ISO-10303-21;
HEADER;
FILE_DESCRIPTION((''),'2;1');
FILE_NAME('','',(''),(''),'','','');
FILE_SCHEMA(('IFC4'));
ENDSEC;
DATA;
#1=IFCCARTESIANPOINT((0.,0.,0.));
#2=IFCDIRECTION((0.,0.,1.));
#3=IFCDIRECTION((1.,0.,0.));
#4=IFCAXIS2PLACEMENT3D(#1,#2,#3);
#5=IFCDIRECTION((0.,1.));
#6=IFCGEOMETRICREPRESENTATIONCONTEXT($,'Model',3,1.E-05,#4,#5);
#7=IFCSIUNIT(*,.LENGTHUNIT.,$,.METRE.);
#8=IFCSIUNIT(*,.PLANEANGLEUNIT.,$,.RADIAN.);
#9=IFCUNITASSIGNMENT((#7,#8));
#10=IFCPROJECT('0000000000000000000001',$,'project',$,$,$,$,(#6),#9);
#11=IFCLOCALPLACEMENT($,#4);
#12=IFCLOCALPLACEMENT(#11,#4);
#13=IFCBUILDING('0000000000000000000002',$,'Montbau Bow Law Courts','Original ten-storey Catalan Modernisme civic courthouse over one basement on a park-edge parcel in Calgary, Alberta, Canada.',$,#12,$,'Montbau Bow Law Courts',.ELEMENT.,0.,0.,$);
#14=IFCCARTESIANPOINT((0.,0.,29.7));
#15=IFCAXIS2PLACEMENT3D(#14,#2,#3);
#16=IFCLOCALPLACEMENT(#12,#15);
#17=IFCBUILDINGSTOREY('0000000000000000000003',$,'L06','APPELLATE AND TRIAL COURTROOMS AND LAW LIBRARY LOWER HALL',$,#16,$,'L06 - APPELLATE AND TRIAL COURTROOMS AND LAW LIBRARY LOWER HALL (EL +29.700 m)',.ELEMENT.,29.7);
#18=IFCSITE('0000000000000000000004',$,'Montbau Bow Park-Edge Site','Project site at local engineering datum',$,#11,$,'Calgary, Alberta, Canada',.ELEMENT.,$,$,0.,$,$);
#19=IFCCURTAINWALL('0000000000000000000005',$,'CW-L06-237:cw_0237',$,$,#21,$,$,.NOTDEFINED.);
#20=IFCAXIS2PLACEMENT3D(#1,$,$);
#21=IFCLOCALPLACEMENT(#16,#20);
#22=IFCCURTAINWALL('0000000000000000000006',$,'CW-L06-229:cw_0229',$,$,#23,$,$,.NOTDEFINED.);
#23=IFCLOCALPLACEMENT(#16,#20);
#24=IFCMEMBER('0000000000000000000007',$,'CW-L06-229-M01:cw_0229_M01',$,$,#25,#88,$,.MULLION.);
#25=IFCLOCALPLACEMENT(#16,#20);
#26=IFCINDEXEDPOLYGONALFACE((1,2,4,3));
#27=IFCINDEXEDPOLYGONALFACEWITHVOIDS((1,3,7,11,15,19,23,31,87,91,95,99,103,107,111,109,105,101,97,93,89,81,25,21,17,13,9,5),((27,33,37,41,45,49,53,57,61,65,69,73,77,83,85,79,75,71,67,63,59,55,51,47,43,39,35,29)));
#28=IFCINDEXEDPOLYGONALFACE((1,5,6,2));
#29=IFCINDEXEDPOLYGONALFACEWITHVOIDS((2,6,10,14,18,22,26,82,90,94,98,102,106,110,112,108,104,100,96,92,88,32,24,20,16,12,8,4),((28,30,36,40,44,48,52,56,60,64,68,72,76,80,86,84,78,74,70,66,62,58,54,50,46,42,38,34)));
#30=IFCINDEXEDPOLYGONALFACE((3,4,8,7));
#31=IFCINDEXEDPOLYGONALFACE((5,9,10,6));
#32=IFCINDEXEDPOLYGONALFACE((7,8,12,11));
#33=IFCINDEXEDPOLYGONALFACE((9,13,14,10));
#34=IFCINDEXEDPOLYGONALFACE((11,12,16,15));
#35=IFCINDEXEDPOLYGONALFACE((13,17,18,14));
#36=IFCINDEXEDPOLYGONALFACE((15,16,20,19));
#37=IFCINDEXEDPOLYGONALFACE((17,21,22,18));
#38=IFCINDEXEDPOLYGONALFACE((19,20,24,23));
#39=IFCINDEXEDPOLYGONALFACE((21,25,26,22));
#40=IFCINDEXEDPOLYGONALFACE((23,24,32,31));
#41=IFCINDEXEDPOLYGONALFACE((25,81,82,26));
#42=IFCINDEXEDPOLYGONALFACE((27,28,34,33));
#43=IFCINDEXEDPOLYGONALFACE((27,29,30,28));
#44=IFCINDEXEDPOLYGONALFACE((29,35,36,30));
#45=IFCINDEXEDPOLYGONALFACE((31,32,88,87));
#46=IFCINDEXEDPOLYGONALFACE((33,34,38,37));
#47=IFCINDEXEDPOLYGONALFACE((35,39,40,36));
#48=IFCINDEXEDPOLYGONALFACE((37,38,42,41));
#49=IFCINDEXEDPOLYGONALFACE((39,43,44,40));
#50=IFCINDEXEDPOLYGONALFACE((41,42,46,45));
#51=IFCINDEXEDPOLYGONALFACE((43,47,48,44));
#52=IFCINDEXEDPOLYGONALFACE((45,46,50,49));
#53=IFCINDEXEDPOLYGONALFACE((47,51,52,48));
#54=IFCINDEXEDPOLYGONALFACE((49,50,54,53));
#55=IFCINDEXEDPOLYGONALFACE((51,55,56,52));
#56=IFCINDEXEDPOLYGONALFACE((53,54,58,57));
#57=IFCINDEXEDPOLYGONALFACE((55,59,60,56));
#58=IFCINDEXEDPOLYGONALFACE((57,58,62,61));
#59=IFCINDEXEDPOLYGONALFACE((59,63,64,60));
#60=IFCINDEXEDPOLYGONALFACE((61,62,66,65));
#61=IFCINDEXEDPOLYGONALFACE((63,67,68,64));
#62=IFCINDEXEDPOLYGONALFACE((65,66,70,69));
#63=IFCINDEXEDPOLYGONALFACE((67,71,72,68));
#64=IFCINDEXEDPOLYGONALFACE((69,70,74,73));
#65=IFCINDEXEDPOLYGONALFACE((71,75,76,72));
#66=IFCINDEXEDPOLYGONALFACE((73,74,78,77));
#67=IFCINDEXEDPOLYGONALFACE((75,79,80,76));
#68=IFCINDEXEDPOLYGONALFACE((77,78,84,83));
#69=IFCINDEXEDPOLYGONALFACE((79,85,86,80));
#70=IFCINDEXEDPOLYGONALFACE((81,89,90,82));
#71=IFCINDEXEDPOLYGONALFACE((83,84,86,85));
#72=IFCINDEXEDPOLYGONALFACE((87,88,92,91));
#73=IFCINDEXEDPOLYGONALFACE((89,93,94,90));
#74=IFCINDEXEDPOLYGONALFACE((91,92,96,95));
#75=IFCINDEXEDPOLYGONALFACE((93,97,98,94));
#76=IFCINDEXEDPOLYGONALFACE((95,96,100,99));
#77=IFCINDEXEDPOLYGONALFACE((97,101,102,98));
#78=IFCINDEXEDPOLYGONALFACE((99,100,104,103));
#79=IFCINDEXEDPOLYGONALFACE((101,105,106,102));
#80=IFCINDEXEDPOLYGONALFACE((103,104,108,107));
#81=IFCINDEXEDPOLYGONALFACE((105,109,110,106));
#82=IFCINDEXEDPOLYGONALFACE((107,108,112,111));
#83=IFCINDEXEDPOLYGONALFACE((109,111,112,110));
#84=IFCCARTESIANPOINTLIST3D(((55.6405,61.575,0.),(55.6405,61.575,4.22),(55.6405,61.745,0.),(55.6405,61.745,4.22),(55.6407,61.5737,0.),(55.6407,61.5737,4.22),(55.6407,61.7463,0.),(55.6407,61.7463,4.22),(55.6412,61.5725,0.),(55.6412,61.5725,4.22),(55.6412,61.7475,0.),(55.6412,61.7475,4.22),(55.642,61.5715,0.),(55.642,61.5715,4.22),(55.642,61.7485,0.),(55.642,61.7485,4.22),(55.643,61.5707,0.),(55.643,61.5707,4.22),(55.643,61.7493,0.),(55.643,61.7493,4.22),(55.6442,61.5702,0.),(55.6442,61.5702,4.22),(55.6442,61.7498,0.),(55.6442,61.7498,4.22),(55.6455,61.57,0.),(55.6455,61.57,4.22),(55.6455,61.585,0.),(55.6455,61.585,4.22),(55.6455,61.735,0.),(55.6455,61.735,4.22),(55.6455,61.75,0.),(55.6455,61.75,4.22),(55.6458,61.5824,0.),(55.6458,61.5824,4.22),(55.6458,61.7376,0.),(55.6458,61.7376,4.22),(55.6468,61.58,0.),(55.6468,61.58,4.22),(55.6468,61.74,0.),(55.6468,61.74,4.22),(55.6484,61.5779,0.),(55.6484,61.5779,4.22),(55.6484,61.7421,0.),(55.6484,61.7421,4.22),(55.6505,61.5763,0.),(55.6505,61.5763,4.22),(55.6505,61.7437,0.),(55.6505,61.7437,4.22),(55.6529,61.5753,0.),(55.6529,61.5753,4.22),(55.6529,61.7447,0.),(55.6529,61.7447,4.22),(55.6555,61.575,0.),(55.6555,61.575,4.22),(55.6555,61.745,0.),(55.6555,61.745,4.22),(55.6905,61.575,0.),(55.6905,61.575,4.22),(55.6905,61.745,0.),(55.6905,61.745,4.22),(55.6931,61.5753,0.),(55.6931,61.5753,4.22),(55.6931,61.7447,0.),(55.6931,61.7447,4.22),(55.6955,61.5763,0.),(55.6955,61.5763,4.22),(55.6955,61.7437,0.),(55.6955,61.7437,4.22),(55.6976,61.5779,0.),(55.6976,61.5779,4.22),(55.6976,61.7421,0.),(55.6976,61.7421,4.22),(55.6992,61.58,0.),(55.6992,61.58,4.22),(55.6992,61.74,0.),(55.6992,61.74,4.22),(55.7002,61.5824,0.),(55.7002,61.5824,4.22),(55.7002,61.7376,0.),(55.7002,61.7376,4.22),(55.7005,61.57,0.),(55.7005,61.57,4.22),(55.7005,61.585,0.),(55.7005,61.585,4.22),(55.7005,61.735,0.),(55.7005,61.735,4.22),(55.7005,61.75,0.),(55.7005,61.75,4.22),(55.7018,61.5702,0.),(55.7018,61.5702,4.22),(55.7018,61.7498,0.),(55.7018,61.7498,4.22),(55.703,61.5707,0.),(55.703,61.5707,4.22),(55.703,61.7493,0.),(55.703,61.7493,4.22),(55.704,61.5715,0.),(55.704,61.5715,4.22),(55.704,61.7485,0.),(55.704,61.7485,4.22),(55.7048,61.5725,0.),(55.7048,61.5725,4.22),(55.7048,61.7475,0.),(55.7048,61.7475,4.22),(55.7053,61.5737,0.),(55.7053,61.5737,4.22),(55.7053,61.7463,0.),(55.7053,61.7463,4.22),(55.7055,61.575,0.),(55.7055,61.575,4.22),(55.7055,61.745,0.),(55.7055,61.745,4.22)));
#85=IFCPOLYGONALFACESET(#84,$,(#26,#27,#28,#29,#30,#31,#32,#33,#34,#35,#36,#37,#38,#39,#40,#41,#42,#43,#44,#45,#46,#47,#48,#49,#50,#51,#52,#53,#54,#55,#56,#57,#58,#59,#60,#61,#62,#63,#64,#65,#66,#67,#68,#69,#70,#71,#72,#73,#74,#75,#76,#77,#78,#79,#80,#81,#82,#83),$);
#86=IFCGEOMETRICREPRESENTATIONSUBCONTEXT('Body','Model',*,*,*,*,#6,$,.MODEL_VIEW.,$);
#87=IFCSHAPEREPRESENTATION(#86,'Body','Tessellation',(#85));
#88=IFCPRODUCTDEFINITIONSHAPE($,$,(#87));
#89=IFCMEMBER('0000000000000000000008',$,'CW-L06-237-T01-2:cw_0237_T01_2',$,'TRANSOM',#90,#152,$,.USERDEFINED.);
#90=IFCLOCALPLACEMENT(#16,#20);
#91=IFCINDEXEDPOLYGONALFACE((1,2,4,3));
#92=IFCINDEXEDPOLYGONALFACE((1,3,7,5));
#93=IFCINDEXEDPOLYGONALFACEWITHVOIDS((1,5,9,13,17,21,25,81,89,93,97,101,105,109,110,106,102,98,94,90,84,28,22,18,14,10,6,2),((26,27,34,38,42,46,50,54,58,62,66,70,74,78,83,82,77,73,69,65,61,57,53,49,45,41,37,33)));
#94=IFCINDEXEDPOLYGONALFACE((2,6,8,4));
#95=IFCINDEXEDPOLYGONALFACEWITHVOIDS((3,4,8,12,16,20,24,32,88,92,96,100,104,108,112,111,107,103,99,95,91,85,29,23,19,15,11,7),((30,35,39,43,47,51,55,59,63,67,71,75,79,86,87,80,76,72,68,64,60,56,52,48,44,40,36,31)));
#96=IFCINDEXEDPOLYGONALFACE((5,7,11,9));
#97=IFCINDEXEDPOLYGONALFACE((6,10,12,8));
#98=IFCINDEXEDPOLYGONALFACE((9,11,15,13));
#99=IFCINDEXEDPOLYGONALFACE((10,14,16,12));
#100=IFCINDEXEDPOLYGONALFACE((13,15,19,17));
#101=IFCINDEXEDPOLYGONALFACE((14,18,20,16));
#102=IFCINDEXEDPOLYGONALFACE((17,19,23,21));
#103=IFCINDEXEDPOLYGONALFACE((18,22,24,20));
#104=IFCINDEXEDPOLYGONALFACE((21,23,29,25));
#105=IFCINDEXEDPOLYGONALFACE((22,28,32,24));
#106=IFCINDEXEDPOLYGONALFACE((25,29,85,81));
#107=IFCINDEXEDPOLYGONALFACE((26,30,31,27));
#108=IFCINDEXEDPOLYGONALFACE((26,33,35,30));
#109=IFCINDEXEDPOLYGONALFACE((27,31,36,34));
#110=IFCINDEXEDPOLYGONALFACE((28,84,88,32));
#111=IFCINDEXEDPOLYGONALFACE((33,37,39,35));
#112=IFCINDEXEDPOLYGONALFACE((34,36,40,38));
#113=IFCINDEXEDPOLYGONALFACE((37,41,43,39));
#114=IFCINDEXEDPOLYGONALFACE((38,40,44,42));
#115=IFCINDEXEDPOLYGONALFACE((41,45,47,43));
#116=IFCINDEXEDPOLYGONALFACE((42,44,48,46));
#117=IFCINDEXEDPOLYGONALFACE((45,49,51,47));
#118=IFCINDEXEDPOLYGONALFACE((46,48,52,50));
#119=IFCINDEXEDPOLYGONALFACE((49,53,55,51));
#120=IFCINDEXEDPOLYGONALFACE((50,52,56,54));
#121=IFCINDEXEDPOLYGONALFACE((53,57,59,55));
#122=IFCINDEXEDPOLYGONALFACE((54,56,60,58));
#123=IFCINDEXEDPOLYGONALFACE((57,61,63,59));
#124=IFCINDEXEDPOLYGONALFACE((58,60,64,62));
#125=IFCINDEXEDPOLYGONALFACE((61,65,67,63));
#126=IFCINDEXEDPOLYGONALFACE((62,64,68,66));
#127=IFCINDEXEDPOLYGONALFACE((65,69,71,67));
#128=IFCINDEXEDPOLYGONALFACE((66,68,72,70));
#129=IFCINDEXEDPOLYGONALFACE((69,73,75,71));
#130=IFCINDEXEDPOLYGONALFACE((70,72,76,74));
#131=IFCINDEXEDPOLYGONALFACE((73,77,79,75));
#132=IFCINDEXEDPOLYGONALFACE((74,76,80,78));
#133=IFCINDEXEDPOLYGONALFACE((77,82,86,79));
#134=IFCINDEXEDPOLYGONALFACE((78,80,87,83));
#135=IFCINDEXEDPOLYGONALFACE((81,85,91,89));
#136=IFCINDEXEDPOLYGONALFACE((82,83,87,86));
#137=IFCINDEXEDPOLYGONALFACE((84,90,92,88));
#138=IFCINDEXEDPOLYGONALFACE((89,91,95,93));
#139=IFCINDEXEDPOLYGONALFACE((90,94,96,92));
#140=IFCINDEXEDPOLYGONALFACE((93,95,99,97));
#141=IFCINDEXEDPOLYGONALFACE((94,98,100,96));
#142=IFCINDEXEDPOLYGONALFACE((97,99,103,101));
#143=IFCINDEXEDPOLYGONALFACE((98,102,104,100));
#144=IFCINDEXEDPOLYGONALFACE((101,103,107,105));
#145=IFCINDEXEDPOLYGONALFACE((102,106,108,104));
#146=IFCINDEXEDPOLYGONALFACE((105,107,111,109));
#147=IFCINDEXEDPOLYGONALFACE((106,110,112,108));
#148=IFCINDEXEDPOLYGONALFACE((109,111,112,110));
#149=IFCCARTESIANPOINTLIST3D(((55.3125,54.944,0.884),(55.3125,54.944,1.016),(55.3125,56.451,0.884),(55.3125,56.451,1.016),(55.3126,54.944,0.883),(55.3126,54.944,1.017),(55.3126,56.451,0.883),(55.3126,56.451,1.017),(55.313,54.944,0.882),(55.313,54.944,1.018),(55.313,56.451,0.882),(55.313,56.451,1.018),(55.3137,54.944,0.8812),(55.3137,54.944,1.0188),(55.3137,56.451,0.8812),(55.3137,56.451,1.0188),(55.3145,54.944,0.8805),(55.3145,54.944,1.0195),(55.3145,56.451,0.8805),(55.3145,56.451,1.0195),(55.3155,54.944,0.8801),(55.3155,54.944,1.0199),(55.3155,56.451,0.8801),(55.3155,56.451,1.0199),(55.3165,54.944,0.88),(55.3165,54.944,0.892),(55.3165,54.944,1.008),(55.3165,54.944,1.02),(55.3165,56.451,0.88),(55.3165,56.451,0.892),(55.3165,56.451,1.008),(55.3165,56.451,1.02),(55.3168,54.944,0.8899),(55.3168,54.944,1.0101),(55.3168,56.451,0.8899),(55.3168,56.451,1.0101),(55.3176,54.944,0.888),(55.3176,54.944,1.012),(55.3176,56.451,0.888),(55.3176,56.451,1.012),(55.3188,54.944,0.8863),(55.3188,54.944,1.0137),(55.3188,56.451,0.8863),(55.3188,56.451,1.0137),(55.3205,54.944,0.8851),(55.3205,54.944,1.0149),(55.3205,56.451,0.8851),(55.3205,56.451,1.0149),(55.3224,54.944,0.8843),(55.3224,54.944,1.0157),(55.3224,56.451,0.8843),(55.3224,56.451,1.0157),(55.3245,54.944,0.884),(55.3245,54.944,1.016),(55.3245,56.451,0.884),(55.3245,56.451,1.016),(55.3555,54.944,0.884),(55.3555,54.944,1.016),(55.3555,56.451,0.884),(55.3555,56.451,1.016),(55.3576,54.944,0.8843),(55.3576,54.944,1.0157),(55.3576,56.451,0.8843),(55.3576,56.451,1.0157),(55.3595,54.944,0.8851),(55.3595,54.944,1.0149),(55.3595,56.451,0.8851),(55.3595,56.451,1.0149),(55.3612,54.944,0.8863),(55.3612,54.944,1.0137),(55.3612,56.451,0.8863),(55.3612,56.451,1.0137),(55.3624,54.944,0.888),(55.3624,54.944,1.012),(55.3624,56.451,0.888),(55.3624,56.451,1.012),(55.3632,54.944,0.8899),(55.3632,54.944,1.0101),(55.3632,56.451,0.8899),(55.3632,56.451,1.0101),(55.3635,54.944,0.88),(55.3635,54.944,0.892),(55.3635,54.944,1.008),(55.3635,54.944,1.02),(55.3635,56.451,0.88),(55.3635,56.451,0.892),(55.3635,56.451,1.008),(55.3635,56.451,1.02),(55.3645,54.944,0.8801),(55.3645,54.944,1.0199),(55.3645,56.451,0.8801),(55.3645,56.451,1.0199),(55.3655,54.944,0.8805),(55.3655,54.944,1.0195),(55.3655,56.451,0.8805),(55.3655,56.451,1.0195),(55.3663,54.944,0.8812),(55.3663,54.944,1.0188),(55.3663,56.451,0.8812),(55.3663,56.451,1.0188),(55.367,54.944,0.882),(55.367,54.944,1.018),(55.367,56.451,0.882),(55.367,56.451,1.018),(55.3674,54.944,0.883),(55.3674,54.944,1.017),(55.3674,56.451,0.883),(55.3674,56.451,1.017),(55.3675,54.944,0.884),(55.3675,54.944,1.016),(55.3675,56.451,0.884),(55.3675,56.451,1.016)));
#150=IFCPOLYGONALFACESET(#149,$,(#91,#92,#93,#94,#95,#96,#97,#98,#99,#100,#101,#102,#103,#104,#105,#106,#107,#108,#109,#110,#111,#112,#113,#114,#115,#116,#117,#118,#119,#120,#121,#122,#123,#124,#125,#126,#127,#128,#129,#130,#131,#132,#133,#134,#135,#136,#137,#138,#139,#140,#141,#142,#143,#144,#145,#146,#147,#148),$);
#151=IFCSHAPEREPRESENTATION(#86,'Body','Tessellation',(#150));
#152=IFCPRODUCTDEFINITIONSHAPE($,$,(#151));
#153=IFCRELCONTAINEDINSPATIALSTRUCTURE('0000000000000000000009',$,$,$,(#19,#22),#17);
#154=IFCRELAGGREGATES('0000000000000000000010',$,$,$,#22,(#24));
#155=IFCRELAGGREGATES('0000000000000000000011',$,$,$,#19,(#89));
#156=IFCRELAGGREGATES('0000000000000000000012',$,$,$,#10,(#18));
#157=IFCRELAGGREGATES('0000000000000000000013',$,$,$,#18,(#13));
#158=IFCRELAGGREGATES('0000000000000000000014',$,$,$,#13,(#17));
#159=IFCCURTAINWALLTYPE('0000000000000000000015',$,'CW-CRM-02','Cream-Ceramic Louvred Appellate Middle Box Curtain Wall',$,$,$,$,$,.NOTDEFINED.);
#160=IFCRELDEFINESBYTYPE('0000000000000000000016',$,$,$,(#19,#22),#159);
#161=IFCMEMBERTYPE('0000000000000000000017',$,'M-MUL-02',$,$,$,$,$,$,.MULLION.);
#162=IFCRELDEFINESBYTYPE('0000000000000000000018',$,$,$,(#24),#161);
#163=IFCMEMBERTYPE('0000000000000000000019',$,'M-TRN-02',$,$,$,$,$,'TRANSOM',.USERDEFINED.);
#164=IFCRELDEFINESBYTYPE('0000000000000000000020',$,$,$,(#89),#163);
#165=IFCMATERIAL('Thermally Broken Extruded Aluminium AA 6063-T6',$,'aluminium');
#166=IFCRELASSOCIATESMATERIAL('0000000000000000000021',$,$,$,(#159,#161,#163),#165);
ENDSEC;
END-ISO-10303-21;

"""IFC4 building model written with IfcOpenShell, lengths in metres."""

from ifc_helpers import new_model, si_unit, direction, frame, origin_with_axes, origin_2d_with_axis, place, context, subcontext, project, spatial, hollow_rectangle, extrude, material, material_profile, profile_set, type_object, element, aggregate, save


model = new_model("IFC4")

# Units and contexts
model_context = context("Model", 3, precision=1e-05, world=origin_with_axes(), true_north=direction((0.0, 1.0)))
body_context = subcontext(model_context, "Body", "Model", "MODEL_VIEW")
ifc_project = project(units=[si_unit("LENGTHUNIT", "METRE"), si_unit("PLANEANGLEUNIT", "RADIAN")], contexts=[model_context])

# Site, building, storey
site_placement = place(None, origin_with_axes())
site = spatial("IfcSite", under=ifc_project, at=site_placement, Name="Montbau Bow Park-Edge Site", Description="Project site at local engineering datum", LongName="Calgary, Alberta, Canada", CompositionType="ELEMENT", RefElevation=0.0)
building_placement = place(site_placement, origin_with_axes())
building = spatial("IfcBuilding", under=site, at=building_placement, Name="Montbau Bow Law Courts", Description="Original ten-storey Catalan Modernisme civic courthouse over one basement on a park-edge parcel in Calgary, Alberta, Canada.", LongName="Montbau Bow Law Courts", CompositionType="ELEMENT", ElevationOfRefHeight=0.0, ElevationOfTerrain=0.0)
storey_placement = place(building_placement, frame((0.0, 0.0, 29.7), z_axis=(0.0, 0.0, 1.0), x_axis=(1.0, 0.0, 0.0)))
storey = spatial("IfcBuildingStorey", under=building, at=storey_placement, Name="L06", Description="APPELLATE AND TRIAL COURTROOMS AND LAW LIBRARY LOWER HALL", LongName="L06 - APPELLATE AND TRIAL COURTROOMS AND LAW LIBRARY LOWER HALL (EL +29.700 m)", CompositionType="ELEMENT", Elevation=29.7)

# Curtain wall
ifc_material_1 = material(Name="Thermally Broken Extruded Aluminium AA 6063-T6", Category="aluminium")
curtain_wall_type = type_object("IfcCurtainWallType", Name="CW-CRM-02", Description="Cream-Ceramic Louvred Appellate Middle Box Curtain Wall", PredefinedType="NOTDEFINED", material=ifc_material_1)
curtain_wall_1_placement = place(None, frame((55.34, 54.868, 29.7), z_axis=(0.0, 0.0, 1.0), x_axis=(1.0, 0.0, 0.0)))
curtain_wall_1 = element("IfcCurtainWall", 1, at=curtain_wall_1_placement, inside=storey, type_object=curtain_wall_type, Name="CW-L06-237:cw_0237", PredefinedType="NOTDEFINED")

# Curtain wall, member
curtain_wall_2_placement = place(None, frame((55.64, 61.66, 29.7), z_axis=(0.0, 0.0, 1.0), x_axis=(1.0, 0.0, 0.0)))
curtain_wall_2 = element("IfcCurtainWall", 2, at=curtain_wall_2_placement, inside=storey, type_object=curtain_wall_type, Name="CW-L06-229:cw_0229", PredefinedType="NOTDEFINED")
ifc_material_profile_1 = material_profile(ifc_material_1, hollow_rectangle(XDim=0.065, YDim=0.18, WallThickness=0.005, InnerFilletRadius=0.01, OuterFilletRadius=0.005, at=origin_2d_with_axis()), Name="CWM-180X65", Category="Main", Priority=0)
ifc_profile_set_1 = profile_set([ifc_material_profile_1], Name="Thermally Broken Extruded Aluminium AA 6063-T6")
member_type_1 = type_object("IfcMemberType", Name="M-MUL-02", PredefinedType="MULLION", material=ifc_profile_set_1)
member_1_placement = place(None, frame((55.673, 61.66, 29.7), z_axis=(0.0, 0.0, 1.0), x_axis=(1.0, 0.0, 0.0)))
member_1 = element("IfcMember", 3, at=member_1_placement, type_object=member_type_1, Name="CW-L06-229-M01:cw_0229_M01", PredefinedType="MULLION", context=body_context, shape_type="SweptSolid", body=[
    extrude(hollow_rectangle(XDim=0.065, YDim=0.18, WallThickness=0.005, InnerFilletRadius=0.01, OuterFilletRadius=0.005, at=origin_2d_with_axis()), origin_with_axes(), (0.0, 0.0, 1.0), 4.22),
])

# Member
ifc_material_profile_2 = material_profile(ifc_material_1, hollow_rectangle(XDim=0.055, YDim=0.14, WallThickness=0.004, InnerFilletRadius=0.008, OuterFilletRadius=0.004, at=origin_2d_with_axis()), Name="CWT-140X55", Category="Main", Priority=0)
ifc_profile_set_2 = profile_set([ifc_material_profile_2], Name="Thermally Broken Extruded Aluminium AA 6063-T6")
member_type_2 = type_object("IfcMemberType", Name="M-TRN-02", ElementType="TRANSOM", PredefinedType="USERDEFINED", material=ifc_profile_set_2)
member_2_placement = place(None, frame((55.34, 54.944, 30.65), z_axis=(0.0, 1.0, 0.0), x_axis=(-1.0, 0.0, 0.0)))
member_2 = element("IfcMember", 4, at=member_2_placement, type_object=member_type_2, Name="CW-L06-237-T01-2:cw_0237_T01_2", ObjectType="TRANSOM", PredefinedType="USERDEFINED", context=body_context, shape_type="SweptSolid", body=[
    extrude(hollow_rectangle(XDim=0.055, YDim=0.14, WallThickness=0.004, InnerFilletRadius=0.008, OuterFilletRadius=0.004, at=origin_2d_with_axis()), origin_with_axes(), (0.0, 0.0, 1.0), 1.507),
])

aggregate(curtain_wall_2, [member_1])
aggregate(curtain_wall_1, [member_2])

save(model, "model.ifc")
